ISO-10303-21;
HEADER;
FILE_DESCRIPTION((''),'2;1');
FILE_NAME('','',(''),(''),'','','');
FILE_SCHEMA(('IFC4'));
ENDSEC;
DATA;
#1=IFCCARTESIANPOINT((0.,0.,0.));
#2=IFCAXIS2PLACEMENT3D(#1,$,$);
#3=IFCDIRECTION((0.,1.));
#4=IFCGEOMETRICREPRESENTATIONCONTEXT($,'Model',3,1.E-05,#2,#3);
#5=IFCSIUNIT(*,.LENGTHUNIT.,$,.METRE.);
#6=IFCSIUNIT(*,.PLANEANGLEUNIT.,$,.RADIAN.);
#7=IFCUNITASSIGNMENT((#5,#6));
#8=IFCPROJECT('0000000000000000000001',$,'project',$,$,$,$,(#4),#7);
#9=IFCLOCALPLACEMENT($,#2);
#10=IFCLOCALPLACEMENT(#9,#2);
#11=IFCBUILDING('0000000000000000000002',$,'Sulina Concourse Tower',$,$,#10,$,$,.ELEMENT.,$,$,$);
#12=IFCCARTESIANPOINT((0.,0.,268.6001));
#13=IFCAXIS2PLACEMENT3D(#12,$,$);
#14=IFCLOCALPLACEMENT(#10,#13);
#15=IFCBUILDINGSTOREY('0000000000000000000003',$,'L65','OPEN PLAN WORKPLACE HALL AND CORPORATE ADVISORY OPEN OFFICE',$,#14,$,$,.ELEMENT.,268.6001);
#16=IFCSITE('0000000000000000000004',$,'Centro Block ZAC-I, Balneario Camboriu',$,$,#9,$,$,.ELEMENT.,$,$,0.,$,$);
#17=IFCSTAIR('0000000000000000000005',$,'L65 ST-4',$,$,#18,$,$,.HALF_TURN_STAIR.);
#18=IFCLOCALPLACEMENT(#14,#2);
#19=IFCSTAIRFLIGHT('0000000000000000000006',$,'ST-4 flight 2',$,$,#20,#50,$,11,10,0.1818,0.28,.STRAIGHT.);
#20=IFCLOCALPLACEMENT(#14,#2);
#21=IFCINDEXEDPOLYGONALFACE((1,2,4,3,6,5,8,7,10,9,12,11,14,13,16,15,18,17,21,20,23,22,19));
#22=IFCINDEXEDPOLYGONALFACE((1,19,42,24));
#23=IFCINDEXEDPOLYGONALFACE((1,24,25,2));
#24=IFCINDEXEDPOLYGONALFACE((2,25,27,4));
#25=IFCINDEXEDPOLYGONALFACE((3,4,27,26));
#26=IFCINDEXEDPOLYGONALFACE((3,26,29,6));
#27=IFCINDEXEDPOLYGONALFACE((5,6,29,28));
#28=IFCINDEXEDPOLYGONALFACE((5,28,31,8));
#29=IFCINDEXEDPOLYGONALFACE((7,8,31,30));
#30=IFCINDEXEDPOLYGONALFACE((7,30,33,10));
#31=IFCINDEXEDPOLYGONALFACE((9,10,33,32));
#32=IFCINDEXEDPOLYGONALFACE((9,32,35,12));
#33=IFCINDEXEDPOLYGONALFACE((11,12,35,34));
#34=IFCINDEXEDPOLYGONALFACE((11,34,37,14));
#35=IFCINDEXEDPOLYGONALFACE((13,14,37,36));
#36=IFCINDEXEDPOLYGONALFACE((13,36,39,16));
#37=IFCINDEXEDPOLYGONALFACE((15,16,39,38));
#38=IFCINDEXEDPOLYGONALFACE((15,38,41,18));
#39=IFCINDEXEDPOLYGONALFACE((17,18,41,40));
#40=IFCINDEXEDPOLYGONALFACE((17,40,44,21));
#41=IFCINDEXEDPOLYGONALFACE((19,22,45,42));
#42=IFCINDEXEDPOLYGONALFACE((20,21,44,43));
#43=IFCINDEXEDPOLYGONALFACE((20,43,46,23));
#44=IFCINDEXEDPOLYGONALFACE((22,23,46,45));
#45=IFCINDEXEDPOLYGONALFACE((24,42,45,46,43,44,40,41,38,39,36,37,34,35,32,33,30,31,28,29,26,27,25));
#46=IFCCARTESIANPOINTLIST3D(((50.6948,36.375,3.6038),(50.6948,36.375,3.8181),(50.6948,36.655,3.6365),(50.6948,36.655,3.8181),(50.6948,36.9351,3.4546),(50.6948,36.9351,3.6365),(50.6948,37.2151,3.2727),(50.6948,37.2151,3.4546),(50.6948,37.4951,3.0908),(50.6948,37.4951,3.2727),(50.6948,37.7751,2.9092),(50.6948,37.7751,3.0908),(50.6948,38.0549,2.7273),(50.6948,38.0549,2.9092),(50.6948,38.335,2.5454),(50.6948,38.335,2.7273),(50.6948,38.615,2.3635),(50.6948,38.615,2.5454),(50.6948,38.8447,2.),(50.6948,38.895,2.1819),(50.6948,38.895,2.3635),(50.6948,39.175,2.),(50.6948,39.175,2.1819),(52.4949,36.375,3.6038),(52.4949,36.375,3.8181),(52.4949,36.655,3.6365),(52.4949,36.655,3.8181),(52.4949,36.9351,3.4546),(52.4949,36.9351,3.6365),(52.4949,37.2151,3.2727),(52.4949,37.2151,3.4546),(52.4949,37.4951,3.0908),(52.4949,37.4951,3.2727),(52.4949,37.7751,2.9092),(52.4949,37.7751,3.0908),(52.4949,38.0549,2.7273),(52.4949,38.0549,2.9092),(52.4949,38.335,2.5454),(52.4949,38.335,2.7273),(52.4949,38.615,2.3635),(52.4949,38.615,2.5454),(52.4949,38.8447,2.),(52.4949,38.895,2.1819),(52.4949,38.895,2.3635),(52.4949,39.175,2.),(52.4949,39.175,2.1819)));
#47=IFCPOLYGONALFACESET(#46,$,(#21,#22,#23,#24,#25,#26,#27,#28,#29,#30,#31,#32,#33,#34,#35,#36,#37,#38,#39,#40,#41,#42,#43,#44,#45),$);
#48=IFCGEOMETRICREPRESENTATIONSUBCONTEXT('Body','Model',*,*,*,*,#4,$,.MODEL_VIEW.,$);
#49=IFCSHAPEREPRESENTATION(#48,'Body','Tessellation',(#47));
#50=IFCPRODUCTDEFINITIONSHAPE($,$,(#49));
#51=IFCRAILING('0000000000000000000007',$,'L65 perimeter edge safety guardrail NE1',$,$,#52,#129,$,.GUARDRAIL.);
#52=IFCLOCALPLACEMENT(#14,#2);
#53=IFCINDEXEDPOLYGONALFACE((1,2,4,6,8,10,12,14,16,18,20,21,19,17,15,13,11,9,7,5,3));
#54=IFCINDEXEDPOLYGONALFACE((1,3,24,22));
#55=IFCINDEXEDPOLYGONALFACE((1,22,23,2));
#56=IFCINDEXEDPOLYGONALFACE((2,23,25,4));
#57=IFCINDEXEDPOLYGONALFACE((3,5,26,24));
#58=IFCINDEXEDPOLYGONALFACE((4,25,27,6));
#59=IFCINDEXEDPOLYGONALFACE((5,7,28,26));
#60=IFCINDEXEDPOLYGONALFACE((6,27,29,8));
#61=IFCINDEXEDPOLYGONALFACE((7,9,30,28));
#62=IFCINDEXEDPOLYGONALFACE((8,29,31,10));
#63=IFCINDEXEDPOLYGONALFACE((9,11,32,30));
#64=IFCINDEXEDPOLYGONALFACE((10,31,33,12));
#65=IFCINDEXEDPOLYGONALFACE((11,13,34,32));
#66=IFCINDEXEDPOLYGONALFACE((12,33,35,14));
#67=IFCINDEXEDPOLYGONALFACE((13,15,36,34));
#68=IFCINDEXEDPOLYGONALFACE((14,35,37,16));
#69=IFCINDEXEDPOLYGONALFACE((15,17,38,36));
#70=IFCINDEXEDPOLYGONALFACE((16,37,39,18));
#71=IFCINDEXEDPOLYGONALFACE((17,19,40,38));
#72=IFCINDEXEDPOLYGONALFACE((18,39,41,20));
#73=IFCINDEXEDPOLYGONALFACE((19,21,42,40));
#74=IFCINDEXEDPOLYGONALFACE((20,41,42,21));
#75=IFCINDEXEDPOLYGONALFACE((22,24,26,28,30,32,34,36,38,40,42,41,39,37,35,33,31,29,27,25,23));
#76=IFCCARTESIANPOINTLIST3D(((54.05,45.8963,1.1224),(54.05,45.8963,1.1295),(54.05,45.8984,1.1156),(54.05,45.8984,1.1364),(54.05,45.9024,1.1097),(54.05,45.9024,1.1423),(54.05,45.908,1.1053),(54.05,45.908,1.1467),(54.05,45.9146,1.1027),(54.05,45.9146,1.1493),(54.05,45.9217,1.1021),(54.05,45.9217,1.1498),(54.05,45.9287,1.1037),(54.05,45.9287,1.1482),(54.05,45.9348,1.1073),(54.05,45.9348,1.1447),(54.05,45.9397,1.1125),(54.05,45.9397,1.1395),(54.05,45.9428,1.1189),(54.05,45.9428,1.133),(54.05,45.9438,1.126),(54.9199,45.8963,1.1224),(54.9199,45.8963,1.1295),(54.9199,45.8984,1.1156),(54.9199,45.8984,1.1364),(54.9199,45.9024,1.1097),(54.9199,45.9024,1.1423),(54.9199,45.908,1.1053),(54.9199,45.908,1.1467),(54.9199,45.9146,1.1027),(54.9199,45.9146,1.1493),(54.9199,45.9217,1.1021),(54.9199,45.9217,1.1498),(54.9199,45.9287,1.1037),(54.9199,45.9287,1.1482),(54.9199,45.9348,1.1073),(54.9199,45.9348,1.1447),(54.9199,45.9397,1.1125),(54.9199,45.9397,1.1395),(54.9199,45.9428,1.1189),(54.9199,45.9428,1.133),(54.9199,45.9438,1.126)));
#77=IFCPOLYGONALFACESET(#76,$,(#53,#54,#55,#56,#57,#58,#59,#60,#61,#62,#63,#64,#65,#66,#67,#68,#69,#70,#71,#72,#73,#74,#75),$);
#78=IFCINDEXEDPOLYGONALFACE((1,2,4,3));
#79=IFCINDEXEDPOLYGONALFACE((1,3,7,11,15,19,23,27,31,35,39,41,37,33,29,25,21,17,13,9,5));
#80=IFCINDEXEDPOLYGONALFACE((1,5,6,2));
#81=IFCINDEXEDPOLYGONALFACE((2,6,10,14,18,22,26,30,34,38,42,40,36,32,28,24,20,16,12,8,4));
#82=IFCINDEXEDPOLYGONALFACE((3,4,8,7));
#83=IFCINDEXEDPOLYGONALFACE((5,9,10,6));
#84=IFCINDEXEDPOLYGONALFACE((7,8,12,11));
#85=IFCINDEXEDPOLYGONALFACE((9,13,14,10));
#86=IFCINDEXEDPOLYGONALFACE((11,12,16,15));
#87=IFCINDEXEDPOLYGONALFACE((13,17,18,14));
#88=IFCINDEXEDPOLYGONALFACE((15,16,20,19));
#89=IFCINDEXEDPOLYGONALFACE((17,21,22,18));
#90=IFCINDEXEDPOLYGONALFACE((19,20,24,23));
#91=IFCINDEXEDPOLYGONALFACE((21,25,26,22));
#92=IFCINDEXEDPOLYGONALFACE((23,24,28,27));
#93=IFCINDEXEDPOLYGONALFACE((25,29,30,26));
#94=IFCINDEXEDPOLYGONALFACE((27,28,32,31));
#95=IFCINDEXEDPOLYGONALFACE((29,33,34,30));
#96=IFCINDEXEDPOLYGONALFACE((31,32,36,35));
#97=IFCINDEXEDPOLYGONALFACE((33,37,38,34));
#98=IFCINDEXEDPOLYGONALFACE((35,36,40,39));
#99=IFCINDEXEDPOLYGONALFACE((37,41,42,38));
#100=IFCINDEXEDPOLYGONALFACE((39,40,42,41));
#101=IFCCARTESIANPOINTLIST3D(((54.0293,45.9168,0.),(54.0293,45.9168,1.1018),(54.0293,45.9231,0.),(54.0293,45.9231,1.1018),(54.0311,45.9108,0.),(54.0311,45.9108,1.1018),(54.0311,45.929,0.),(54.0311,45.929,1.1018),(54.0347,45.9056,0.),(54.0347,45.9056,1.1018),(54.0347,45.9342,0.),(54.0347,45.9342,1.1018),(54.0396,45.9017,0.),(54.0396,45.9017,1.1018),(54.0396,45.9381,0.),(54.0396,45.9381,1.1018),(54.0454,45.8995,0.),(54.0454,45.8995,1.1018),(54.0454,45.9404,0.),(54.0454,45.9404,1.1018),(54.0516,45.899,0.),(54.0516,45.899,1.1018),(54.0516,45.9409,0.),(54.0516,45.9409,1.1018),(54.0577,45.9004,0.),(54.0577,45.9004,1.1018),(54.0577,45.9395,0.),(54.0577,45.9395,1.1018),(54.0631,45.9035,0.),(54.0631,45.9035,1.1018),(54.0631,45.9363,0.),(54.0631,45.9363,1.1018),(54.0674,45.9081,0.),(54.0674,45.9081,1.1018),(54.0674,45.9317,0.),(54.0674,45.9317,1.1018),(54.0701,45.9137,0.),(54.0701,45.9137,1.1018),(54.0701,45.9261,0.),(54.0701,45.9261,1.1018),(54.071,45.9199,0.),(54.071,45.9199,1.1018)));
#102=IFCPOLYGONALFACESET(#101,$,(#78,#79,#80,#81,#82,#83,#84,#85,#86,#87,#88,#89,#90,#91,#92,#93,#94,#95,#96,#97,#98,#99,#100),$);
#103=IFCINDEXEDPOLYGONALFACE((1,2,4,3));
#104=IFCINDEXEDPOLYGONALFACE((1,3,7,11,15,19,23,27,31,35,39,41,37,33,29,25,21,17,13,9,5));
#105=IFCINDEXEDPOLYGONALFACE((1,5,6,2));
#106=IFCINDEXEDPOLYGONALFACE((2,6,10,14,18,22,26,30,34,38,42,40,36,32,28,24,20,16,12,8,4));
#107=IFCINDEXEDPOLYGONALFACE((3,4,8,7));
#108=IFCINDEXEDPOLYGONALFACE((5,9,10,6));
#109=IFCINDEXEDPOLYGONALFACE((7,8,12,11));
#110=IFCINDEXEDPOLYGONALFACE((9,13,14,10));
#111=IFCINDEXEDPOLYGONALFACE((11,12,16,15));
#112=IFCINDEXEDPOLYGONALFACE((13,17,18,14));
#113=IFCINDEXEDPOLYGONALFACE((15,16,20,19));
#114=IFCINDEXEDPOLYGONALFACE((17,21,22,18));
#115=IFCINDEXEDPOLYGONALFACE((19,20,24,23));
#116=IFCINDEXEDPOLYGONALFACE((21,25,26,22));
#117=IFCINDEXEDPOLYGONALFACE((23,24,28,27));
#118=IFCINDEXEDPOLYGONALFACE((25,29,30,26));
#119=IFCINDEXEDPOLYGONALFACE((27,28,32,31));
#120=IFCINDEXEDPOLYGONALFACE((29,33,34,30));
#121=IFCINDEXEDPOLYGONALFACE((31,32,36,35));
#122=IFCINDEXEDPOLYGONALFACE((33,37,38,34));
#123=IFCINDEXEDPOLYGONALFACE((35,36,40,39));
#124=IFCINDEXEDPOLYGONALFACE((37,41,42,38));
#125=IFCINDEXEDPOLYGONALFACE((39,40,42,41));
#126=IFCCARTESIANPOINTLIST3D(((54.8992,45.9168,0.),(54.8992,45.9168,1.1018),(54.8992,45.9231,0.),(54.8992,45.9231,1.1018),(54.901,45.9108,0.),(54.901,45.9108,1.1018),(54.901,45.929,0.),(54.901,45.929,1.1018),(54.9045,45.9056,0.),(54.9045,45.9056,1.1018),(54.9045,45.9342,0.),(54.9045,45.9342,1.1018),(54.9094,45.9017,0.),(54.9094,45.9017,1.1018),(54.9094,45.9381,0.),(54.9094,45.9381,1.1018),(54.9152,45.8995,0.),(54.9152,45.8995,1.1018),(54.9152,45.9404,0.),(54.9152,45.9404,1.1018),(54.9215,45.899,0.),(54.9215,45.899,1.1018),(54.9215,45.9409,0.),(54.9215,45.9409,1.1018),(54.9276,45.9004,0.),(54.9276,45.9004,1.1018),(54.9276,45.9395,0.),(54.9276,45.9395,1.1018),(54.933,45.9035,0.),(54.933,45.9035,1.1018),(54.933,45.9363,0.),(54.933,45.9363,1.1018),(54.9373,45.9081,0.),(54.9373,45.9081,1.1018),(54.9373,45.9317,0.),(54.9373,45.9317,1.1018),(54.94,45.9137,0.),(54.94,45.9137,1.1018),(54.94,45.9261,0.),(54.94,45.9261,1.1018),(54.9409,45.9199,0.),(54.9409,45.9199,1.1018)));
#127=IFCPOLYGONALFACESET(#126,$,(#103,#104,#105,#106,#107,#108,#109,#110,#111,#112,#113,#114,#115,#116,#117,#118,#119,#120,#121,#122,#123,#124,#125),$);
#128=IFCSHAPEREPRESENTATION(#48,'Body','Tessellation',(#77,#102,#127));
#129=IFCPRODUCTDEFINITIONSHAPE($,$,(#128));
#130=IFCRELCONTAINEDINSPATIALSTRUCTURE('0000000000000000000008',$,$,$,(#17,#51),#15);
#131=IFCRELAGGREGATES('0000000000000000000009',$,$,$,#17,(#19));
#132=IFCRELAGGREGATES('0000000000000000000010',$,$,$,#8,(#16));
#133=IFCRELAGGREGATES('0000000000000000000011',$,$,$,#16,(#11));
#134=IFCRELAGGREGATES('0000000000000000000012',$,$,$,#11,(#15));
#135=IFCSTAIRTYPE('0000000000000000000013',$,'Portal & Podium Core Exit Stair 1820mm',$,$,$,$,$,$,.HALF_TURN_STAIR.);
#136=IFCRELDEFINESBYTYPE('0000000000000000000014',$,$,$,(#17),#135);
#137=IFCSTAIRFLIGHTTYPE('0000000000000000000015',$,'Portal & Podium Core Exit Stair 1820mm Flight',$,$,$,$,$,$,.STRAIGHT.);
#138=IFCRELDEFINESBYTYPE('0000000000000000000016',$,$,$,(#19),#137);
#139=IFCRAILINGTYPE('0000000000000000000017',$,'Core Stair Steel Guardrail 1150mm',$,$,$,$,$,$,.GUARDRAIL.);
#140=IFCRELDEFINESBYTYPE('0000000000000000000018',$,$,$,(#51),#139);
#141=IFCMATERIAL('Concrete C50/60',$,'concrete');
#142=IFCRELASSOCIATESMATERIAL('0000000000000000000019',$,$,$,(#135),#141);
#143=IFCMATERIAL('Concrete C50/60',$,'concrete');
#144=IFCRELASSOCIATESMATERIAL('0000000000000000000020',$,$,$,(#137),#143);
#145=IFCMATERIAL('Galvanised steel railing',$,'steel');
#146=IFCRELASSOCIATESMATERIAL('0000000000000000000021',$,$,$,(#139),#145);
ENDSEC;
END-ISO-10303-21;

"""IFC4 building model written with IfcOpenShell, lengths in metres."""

from ifc_helpers import new_model, si_unit, direction, frame, origin, origin_2d, place, context, subcontext, project, spatial, polyline, circle, outline, extrude, material, type_object, element, aggregate, save


model = new_model("IFC4")

# Units and contexts
model_context = context("Model", 3, precision=1e-05, world=origin(), true_north=direction((0.0, 1.0)))
body_context = subcontext(model_context, "Body", "Model", "MODEL_VIEW")
ifc_project = project(units=[si_unit("LENGTHUNIT", "METRE"), si_unit("PLANEANGLEUNIT", "RADIAN")], contexts=[model_context])

# Site, building, storey
site_placement = place(None, origin())
site = spatial("IfcSite", under=ifc_project, at=site_placement, Name="Centro Block ZAC-I, Balneario Camboriu", CompositionType="ELEMENT", RefElevation=0.0)
building_placement = place(site_placement, origin())
building = spatial("IfcBuilding", under=site, at=building_placement, Name="Sulina Concourse Tower", CompositionType="ELEMENT")
storey_placement = place(building_placement, frame((0.0, 0.0, 268.6001)))
storey = spatial("IfcBuildingStorey", under=building, at=storey_placement, Name="L65", Description="OPEN PLAN WORKPLACE HALL AND CORPORATE ADVISORY OPEN OFFICE", CompositionType="ELEMENT", Elevation=268.6001)

# Stair, stair flight
ifc_material_1 = material(Name="Concrete C50/60", Category="concrete")
stair_type = type_object("IfcStairType", Name="Portal & Podium Core Exit Stair 1820mm", PredefinedType="HALF_TURN_STAIR", material=ifc_material_1)
stair_placement = place(storey_placement, origin())
stair = element("IfcStair", 1, at=stair_placement, inside=storey, type_object=stair_type, Name="L65 ST-4", PredefinedType="HALF_TURN_STAIR")
ifc_material_2 = material(Name="Concrete C50/60", Category="concrete")
stair_flight_type = type_object("IfcStairFlightType", Name="Portal & Podium Core Exit Stair 1820mm Flight", PredefinedType="STRAIGHT", material=ifc_material_2)
stair_flight_placement = place(storey_placement, frame((51.595, 39.175, 2.0), z_axis=(0.0, 0.0, 1.0), x_axis=(0.0, -1.0, 0.0)))
stair_flight = element("IfcStairFlight", 2, at=stair_flight_placement, type_object=stair_flight_type, Name="ST-4 flight 2", NumberOfRisers=11, NumberOfTreads=10, PredefinedType="STRAIGHT", RiserHeight=0.1818, TreadLength=0.28, context=body_context, shape_type="SweptSolid", body=[
    extrude(outline(polyline([(0.0, 0.0), (0.0, 0.1819), (0.28, 0.1819), (0.28, 0.3635), (0.5601, 0.3635), (0.5601, 0.5454), (0.8401, 0.5454), (0.8401, 0.7273), (1.1201, 0.7273), (1.1201, 0.9092), (1.3999, 0.9092), (1.3999, 1.0908), (1.6799, 1.0908), (1.6799, 1.2727), (1.96, 1.2727), (1.96, 1.4546), (2.24, 1.4546), (2.24, 1.6365), (2.52, 1.6365), (2.52, 1.8181), (2.8, 1.8181), (2.8, 2.0), (2.8, 1.6038), (0.3303, 0.0), (0.0, 0.0)])), frame((0.0, 0.8999, 0.0), z_axis=(0.0, -1.0, 0.0), x_axis=(1.0, 0.0, 0.0)), (0.0, 0.0, 1.0), 1.8),
])
aggregate(stair, [stair_flight])

# Railing
ifc_material_3 = material(Name="Galvanised steel railing", Category="steel")
railing_type_1 = type_object("IfcRailingType", Name="Core Stair Steel Guardrail 1150mm", PredefinedType="GUARDRAIL", material=ifc_material_3)
railing_1_placement = place(storey_placement, frame((54.05, 45.9199, 0.0)))
element("IfcRailing", 3, at=railing_1_placement, inside=storey, type_object=railing_type_1, Name="L65 perimeter edge safety guardrail NE1", PredefinedType="GUARDRAIL", context=body_context, shape_type="SweptSolid", body=[
    extrude(circle(Radius=0.0239, at=origin_2d()), frame((0.0, 0.0, 1.126), z_axis=(1.0, 0.0, 0.0), x_axis=(0.0, 1.0, 0.0)), (0.0, 0.0, 1.0), 0.8699),
    extrude(circle(Radius=0.021, at=origin_2d()), origin(), (0.0, 0.0, 1.0), 1.1018),
    extrude(circle(Radius=0.021, at=origin_2d()), frame((0.8699, 0.0, 0.0)), (0.0, 0.0, 1.0), 1.1018),
])

save(model, "model.ifc")
